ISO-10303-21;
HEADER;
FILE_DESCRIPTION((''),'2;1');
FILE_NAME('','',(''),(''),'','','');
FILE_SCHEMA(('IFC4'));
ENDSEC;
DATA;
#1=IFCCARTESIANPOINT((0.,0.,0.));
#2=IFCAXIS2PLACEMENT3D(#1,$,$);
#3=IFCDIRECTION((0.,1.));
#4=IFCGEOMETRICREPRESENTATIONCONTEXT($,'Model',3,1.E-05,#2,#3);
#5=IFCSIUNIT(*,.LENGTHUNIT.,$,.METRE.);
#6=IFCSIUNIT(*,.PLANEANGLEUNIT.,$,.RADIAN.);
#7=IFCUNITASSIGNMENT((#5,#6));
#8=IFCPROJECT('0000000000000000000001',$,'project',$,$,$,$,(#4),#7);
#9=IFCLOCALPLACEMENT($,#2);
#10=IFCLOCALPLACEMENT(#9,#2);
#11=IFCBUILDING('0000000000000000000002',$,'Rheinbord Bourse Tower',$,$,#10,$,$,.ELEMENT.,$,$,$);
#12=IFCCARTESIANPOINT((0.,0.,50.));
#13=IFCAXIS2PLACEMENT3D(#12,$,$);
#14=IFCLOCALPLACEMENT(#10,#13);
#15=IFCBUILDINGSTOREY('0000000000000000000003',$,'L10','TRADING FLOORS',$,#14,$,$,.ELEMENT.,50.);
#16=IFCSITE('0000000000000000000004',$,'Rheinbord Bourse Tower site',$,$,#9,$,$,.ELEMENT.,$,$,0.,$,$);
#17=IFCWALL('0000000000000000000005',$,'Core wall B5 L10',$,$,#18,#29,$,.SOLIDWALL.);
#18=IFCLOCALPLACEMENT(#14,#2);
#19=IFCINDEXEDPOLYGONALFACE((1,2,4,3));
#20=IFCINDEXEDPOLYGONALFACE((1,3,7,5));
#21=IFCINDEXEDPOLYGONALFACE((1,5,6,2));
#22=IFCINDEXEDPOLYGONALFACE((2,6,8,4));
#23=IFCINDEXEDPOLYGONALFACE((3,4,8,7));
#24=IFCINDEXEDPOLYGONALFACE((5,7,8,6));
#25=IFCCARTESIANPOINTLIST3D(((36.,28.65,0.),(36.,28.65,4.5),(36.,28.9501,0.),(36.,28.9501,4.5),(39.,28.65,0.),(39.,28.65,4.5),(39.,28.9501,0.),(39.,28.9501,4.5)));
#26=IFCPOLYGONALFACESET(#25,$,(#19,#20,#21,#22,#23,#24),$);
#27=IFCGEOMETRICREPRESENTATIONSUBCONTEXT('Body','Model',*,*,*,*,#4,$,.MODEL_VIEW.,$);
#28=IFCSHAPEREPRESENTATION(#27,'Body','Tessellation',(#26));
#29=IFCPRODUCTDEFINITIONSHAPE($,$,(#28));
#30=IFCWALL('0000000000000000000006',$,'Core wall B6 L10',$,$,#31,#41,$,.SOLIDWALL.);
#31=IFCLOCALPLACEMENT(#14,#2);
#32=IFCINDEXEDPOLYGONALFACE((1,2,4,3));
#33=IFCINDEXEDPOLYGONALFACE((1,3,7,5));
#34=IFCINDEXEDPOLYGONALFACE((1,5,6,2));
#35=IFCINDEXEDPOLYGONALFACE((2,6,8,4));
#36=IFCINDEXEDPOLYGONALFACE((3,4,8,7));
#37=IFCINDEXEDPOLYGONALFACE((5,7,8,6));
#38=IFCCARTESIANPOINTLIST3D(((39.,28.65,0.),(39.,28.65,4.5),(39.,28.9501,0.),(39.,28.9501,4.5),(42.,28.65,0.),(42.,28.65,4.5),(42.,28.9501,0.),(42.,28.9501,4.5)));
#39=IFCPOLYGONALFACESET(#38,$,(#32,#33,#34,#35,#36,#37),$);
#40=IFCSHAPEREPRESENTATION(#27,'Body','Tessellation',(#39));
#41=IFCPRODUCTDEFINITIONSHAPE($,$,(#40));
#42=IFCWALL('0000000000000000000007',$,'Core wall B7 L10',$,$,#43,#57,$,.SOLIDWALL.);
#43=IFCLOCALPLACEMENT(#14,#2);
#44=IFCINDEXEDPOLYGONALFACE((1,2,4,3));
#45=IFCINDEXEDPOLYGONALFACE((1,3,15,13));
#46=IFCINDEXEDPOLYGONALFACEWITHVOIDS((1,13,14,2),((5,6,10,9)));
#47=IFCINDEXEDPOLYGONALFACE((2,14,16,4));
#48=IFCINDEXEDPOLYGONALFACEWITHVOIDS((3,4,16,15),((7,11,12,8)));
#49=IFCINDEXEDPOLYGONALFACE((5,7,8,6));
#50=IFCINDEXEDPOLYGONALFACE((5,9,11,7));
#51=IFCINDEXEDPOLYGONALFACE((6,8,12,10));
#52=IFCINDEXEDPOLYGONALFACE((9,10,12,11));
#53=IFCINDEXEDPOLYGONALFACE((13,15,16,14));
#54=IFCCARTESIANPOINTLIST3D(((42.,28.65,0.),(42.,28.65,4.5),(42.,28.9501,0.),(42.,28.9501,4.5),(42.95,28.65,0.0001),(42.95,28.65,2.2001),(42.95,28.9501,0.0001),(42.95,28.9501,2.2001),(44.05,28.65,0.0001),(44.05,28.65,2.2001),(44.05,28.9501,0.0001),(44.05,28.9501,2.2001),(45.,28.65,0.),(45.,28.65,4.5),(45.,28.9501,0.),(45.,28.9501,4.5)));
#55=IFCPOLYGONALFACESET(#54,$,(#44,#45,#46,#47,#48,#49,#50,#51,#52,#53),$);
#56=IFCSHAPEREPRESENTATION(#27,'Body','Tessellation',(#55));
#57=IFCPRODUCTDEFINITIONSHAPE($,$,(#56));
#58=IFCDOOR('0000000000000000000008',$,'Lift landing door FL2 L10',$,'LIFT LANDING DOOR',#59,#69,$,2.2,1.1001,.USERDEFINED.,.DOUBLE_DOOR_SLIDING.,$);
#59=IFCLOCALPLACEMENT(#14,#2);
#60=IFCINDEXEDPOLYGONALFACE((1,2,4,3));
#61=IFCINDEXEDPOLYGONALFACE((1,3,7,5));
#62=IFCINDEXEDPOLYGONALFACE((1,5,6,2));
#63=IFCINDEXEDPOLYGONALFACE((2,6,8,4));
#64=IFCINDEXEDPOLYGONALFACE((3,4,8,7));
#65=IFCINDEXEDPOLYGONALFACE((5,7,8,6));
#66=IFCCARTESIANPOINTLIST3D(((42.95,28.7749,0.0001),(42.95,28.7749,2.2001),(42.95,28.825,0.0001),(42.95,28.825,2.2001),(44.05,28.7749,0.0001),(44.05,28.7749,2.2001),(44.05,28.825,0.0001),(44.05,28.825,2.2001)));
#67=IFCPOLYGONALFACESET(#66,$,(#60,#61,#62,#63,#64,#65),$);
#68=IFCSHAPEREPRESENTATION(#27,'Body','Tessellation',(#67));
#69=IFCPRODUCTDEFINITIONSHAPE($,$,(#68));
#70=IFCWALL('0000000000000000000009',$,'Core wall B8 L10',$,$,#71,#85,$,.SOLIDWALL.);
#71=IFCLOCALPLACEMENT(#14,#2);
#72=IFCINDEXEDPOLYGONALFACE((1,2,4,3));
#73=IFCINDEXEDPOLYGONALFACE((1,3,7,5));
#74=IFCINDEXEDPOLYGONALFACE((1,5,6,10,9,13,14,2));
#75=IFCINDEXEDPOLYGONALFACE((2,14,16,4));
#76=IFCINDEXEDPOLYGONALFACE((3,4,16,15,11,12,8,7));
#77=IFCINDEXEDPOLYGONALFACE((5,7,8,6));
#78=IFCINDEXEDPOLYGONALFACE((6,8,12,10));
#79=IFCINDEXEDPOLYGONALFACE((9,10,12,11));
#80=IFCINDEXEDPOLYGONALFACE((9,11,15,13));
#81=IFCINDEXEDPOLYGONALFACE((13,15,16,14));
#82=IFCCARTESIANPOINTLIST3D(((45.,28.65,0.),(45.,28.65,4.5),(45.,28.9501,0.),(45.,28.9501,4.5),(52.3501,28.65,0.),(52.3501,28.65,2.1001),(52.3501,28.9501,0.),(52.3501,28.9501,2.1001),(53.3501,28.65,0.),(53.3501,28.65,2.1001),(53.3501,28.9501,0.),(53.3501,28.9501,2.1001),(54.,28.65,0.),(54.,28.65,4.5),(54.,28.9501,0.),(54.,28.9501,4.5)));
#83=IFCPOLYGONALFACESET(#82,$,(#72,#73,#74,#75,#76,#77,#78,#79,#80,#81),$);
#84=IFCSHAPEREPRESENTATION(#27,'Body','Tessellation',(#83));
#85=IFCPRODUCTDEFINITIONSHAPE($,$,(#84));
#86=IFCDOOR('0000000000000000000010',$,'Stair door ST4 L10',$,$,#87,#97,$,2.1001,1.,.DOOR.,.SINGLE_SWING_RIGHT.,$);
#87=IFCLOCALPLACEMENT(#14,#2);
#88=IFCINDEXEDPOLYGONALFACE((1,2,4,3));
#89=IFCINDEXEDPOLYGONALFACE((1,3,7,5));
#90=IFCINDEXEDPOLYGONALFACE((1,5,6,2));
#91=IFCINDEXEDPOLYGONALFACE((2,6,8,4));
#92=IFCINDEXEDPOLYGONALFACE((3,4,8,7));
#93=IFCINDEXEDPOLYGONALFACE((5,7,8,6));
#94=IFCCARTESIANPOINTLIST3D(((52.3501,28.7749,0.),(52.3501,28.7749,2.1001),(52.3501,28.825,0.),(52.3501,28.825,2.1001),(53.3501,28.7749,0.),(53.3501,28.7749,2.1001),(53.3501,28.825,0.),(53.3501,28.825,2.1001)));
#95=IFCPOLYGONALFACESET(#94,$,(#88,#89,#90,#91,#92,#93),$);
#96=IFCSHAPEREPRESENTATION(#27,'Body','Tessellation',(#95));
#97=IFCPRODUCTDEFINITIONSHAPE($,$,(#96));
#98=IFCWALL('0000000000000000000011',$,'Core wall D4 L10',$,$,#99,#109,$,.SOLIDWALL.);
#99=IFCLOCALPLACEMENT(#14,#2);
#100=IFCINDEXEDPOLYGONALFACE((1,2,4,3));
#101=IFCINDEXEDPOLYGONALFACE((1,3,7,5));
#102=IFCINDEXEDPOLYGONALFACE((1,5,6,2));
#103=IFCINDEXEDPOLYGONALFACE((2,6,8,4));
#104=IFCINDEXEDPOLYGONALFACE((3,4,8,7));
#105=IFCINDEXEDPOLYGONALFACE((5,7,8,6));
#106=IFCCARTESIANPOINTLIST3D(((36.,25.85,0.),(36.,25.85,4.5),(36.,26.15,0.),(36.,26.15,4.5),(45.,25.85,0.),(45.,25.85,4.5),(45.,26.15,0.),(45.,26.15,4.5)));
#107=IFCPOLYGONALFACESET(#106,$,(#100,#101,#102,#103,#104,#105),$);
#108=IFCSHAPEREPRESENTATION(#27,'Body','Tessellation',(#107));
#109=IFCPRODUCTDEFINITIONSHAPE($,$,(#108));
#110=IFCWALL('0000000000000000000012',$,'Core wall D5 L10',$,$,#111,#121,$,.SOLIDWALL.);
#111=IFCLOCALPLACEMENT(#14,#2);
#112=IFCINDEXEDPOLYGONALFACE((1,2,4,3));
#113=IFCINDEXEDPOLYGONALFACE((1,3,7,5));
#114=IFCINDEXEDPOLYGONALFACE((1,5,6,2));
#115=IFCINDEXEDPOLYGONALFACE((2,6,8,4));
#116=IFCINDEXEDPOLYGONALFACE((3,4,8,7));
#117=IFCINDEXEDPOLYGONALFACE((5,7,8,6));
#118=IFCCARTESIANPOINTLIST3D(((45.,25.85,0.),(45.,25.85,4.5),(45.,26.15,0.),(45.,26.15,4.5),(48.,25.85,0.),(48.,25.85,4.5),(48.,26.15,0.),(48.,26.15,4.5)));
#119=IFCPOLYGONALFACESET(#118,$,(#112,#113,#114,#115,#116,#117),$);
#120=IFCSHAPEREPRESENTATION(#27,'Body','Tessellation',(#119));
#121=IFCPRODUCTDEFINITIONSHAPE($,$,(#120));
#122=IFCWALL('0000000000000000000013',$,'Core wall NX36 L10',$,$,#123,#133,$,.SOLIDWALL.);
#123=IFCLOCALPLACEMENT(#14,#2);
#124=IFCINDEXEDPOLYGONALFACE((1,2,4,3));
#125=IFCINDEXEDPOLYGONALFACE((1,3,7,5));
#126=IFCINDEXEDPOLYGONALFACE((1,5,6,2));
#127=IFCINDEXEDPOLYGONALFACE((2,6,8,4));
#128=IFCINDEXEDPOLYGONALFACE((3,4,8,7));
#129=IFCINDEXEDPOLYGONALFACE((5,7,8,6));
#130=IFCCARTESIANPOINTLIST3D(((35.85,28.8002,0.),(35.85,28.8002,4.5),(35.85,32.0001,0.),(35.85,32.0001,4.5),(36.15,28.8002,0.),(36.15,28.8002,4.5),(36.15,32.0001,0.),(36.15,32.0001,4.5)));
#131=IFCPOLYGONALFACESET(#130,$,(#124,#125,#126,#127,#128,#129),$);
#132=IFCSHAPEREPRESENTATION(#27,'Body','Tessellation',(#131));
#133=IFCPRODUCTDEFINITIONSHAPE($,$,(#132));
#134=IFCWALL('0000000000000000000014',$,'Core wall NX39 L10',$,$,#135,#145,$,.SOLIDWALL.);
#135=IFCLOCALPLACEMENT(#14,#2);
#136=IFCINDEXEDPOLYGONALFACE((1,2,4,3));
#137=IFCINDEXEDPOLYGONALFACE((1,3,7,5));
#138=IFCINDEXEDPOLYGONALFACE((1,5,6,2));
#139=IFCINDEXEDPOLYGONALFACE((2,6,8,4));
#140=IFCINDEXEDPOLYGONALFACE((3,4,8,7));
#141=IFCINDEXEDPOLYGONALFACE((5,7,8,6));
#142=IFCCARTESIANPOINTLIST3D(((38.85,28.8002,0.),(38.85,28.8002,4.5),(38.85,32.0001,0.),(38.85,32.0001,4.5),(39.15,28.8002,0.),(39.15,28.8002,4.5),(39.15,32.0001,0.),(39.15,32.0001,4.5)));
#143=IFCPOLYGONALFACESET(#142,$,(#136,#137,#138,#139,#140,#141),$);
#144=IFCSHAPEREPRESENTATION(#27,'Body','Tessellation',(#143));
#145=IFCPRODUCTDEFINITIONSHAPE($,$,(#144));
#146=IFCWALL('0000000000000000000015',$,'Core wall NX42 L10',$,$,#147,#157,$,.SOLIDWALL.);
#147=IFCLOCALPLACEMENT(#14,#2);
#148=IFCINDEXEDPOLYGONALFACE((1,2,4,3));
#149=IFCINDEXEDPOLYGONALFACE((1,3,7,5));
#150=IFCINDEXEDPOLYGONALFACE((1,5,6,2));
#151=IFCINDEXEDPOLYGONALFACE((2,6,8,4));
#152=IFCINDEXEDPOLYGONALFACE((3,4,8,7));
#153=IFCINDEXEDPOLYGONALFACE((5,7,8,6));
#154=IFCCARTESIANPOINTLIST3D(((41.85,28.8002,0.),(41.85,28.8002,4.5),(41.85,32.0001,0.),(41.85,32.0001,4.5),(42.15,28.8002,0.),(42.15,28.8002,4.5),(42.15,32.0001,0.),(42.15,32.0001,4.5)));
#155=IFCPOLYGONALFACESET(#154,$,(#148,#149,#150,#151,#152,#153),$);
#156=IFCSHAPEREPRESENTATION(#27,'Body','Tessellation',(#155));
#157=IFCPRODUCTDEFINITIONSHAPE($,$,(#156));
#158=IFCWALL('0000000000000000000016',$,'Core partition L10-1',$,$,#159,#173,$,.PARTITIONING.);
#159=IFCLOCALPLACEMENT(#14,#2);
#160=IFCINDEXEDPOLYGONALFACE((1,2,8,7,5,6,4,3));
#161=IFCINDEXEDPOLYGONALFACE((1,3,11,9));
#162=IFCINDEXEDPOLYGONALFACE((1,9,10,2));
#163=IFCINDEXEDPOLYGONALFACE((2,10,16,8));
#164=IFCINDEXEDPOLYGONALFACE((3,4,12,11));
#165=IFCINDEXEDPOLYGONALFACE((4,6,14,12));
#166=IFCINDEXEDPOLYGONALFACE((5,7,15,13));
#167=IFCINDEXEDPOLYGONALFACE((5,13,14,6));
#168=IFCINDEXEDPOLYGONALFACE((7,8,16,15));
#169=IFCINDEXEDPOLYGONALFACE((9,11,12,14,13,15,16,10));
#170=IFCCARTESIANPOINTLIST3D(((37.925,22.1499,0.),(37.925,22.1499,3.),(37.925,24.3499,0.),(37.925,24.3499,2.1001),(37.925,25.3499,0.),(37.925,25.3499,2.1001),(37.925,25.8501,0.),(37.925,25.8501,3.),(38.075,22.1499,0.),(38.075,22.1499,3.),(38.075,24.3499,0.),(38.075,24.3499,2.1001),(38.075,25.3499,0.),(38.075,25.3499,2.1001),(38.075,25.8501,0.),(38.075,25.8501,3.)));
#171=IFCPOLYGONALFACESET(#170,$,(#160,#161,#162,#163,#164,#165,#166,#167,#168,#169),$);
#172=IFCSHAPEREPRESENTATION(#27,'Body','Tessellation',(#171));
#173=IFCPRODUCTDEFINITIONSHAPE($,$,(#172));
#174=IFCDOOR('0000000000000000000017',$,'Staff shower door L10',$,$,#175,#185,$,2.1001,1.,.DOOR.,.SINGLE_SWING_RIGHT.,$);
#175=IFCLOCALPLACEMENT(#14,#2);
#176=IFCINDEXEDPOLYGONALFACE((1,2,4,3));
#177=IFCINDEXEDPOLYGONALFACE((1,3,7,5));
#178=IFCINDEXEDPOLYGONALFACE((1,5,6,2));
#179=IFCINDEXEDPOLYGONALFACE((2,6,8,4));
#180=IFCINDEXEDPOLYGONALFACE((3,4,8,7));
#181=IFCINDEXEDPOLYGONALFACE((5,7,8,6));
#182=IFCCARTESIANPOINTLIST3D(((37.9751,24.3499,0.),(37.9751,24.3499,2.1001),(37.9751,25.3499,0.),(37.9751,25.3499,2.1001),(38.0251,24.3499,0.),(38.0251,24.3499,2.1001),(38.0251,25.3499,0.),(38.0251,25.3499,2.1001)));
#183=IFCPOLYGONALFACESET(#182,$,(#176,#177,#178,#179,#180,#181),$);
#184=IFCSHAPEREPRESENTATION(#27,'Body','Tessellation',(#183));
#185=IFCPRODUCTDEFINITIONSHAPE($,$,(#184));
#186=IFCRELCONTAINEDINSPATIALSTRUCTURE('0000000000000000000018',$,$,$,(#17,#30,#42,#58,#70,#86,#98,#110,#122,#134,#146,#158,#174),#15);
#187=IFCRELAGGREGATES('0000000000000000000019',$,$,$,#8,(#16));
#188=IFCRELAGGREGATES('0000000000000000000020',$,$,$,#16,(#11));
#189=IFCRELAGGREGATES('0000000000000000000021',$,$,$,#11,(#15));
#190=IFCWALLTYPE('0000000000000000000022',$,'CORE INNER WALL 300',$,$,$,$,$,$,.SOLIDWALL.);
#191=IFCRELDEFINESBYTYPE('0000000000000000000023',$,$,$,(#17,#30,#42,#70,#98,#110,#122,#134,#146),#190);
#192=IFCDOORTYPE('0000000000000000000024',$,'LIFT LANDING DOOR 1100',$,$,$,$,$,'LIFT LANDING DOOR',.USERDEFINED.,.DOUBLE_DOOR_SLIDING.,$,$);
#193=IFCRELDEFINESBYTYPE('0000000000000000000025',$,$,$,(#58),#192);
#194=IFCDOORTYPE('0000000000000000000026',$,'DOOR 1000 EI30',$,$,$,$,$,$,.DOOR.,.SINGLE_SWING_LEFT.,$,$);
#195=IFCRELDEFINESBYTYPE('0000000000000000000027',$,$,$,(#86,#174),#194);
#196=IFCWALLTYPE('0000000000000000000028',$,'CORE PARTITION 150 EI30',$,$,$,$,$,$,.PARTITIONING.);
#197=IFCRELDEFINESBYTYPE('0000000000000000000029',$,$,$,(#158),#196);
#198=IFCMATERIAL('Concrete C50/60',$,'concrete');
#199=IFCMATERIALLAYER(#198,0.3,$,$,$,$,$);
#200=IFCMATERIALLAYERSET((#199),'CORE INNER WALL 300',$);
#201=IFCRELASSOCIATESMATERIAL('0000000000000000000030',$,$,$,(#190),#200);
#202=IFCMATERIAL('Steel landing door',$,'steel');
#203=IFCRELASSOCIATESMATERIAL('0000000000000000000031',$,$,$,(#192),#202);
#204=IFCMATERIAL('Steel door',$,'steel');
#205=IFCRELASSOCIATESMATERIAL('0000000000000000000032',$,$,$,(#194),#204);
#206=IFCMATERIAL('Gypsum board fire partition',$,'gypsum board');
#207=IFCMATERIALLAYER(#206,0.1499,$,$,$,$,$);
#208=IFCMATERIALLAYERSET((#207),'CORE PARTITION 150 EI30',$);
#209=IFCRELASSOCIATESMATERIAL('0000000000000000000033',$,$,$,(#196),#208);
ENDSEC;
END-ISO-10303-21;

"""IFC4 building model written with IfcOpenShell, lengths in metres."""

from ifc_helpers import new_model, si_unit, direction, frame, frame_2d, origin, place, context, subcontext, project, spatial, rectangle, extrude, material, layer, layer_set, type_object, element, fill, save


model = new_model("IFC4")

# Units and contexts
model_context = context("Model", 3, precision=1e-05, world=origin(), true_north=direction((0.0, 1.0)))
body_context = subcontext(model_context, "Body", "Model", "MODEL_VIEW")
ifc_project = project(units=[si_unit("LENGTHUNIT", "METRE"), si_unit("PLANEANGLEUNIT", "RADIAN")], contexts=[model_context])

# Site, building, storey
site_placement = place(None, origin())
site = spatial("IfcSite", under=ifc_project, at=site_placement, Name="Rheinbord Bourse Tower site", CompositionType="ELEMENT", RefElevation=0.0)
building_placement = place(site_placement, origin())
building = spatial("IfcBuilding", under=site, at=building_placement, Name="Rheinbord Bourse Tower", CompositionType="ELEMENT")
storey_placement = place(building_placement, frame((0.0, 0.0, 50.0)))
storey = spatial("IfcBuildingStorey", under=building, at=storey_placement, Name="L10", Description="TRADING FLOORS", CompositionType="ELEMENT", Elevation=50.0)

# Walls
ifc_material_1 = material(Name="Concrete C50/60", Category="concrete")
ifc_layer_1 = layer(ifc_material_1, 0.3)
ifc_layer_set_1 = layer_set([ifc_layer_1], Name="CORE INNER WALL 300")
wall_type_1 = type_object("IfcWallType", Name="CORE INNER WALL 300", PredefinedType="SOLIDWALL", material=ifc_layer_set_1)
for number, where, z_axis, x_axis, name in (
    (1, (36.0, 28.8, 0.0), (0.0, 0.0, 1.0), (1.0, 0.0, 0.0), "Core wall B5 L10"),
    (2, (39.0, 28.8, 0.0), (0.0, 0.0, 1.0), (1.0, 0.0, 0.0), "Core wall B6 L10"),
):
    element("IfcWall", number, at=place(storey_placement, frame(where, z_axis=z_axis, x_axis=x_axis)), inside=storey, type_object=wall_type_1, Name=name, PredefinedType="SOLIDWALL", context=body_context, shape_type="SweptSolid", body=[
        extrude(rectangle(XDim=3.0, YDim=0.3, at=frame_2d((1.5, 0.0))), origin(), (0.0, 0.0, 1.0), 4.5),
    ])

# Walls, openings, doors
wall_1_placement = place(storey_placement, frame((42.0, 28.8, 0.0), z_axis=(0.0, 0.0, 1.0), x_axis=(1.0, 0.0, 0.0)))
wall_1 = element("IfcWall", 3, at=wall_1_placement, inside=storey, type_object=wall_type_1, Name="Core wall B7 L10", PredefinedType="SOLIDWALL", context=body_context, shape_type="SweptSolid", body=[
    extrude(rectangle(XDim=3.0, YDim=0.3, at=frame_2d((1.5, 0.0))), origin(), (0.0, 0.0, 1.0), 4.5),
])
opening_1_placement = place(wall_1_placement, frame((0.95, 0.0, 0.0)))
opening_1 = element("IfcOpeningElement", 4, at=opening_1_placement, cuts=wall_1, PredefinedType="OPENING", context=body_context, shape_type="SweptSolid", body=[
    extrude(rectangle(XDim=1.1001, YDim=2.2, at=frame_2d((0.55, 1.1001))), frame((0.0, 0.1599, 0.0), z_axis=(0.0, -1.0, 0.0), x_axis=(1.0, 0.0, 0.0)), (0.0, 0.0, 1.0), 0.3201),
])
ifc_material_2 = material(Name="Steel landing door", Category="steel")
door_type_1 = type_object("IfcDoorType", Name="LIFT LANDING DOOR 1100", ElementType="LIFT LANDING DOOR", OperationType="DOUBLE_DOOR_SLIDING", PredefinedType="USERDEFINED", material=ifc_material_2)
door_1_placement = place(opening_1_placement, origin())
door_1 = element("IfcDoor", 5, at=door_1_placement, inside=storey, type_object=door_type_1, Name="Lift landing door FL2 L10", ObjectType="LIFT LANDING DOOR", OperationType="DOUBLE_DOOR_SLIDING", OverallHeight=2.2, OverallWidth=1.1001, PredefinedType="USERDEFINED", context=body_context, shape_type="SweptSolid", body=[
    extrude(rectangle(XDim=1.1001, YDim=2.2, at=frame_2d((0.55, 1.1001))), frame((0.0, 0.0249, 0.0), z_axis=(0.0, -1.0, 0.0), x_axis=(1.0, 0.0, 0.0)), (0.0, 0.0, 1.0), 0.05),
])
fill(opening_1, door_1)
wall_2_placement = place(storey_placement, frame((45.0, 28.8, 0.0), z_axis=(0.0, 0.0, 1.0), x_axis=(1.0, 0.0, 0.0)))
wall_2 = element("IfcWall", 6, at=wall_2_placement, inside=storey, type_object=wall_type_1, Name="Core wall B8 L10", PredefinedType="SOLIDWALL", context=body_context, shape_type="SweptSolid", body=[
    extrude(rectangle(XDim=9.0, YDim=0.3, at=frame_2d((4.5, 0.0))), origin(), (0.0, 0.0, 1.0), 4.5),
])
opening_2_placement = place(wall_2_placement, frame((7.3501, 0.0, 0.0)))
opening_2 = element("IfcOpeningElement", 7, at=opening_2_placement, cuts=wall_2, PredefinedType="OPENING", context=body_context, shape_type="SweptSolid", body=[
    extrude(rectangle(XDim=1.0, YDim=2.1001, at=frame_2d((0.5, 1.05))), frame((0.0, 0.1599, 0.0), z_axis=(0.0, -1.0, 0.0), x_axis=(1.0, 0.0, 0.0)), (0.0, 0.0, 1.0), 0.3201),
])
ifc_material_3 = material(Name="Steel door", Category="steel")
door_type_2 = type_object("IfcDoorType", Name="DOOR 1000 EI30", OperationType="SINGLE_SWING_LEFT", PredefinedType="DOOR", material=ifc_material_3)
door_2_placement = place(opening_2_placement, origin())
door_2 = element("IfcDoor", 8, at=door_2_placement, inside=storey, type_object=door_type_2, Name="Stair door ST4 L10", OperationType="SINGLE_SWING_RIGHT", OverallHeight=2.1001, OverallWidth=1.0, PredefinedType="DOOR", context=body_context, shape_type="SweptSolid", body=[
    extrude(rectangle(XDim=1.0, YDim=2.1001, at=frame_2d((0.5, 1.05))), frame((0.0, 0.0249, 0.0), z_axis=(0.0, -1.0, 0.0), x_axis=(1.0, 0.0, 0.0)), (0.0, 0.0, 1.0), 0.05),
])
fill(opening_2, door_2)

# Walls
wall_3_placement = place(storey_placement, frame((36.0, 26.0, 0.0), z_axis=(0.0, 0.0, 1.0), x_axis=(1.0, 0.0, 0.0)))
element("IfcWall", 9, at=wall_3_placement, inside=storey, type_object=wall_type_1, Name="Core wall D4 L10", PredefinedType="SOLIDWALL", context=body_context, shape_type="SweptSolid", body=[
    extrude(rectangle(XDim=9.0, YDim=0.3, at=frame_2d((4.5, 0.0))), origin(), (0.0, 0.0, 1.0), 4.5),
])
wall_4_placement = place(storey_placement, frame((45.0, 26.0, 0.0), z_axis=(0.0, 0.0, 1.0), x_axis=(1.0, 0.0, 0.0)))
element("IfcWall", 10, at=wall_4_placement, inside=storey, type_object=wall_type_1, Name="Core wall D5 L10", PredefinedType="SOLIDWALL", context=body_context, shape_type="SweptSolid", body=[
    extrude(rectangle(XDim=3.0, YDim=0.3, at=frame_2d((1.5, 0.0))), origin(), (0.0, 0.0, 1.0), 4.5),
])
for number, where, z_axis, x_axis, name in (
    (11, (36.0, 28.8, 0.0), (0.0, 0.0, 1.0), (0.0, 1.0, 0.0), "Core wall NX36 L10"),
    (12, (39.0, 28.8, 0.0), (0.0, 0.0, 1.0), (0.0, 1.0, 0.0), "Core wall NX39 L10"),
    (13, (42.0, 28.8, 0.0), (0.0, 0.0, 1.0), (0.0, 1.0, 0.0), "Core wall NX42 L10"),
):
    element("IfcWall", number, at=place(storey_placement, frame(where, z_axis=z_axis, x_axis=x_axis)), inside=storey, type_object=wall_type_1, Name=name, PredefinedType="SOLIDWALL", context=body_context, shape_type="SweptSolid", body=[
        extrude(rectangle(XDim=3.2, YDim=0.3, at=frame_2d((1.6001, 0.0))), origin(), (0.0, 0.0, 1.0), 4.5),
    ])

# Wall, opening, door
ifc_material_4 = material(Name="Gypsum board fire partition", Category="gypsum board")
ifc_layer_2 = layer(ifc_material_4, 0.1499)
ifc_layer_set_2 = layer_set([ifc_layer_2], Name="CORE PARTITION 150 EI30")
wall_type_2 = type_object("IfcWallType", Name="CORE PARTITION 150 EI30", PredefinedType="PARTITIONING", material=ifc_layer_set_2)
wall_5_placement = place(storey_placement, frame((38.0, 22.1499, 0.0), z_axis=(0.0, 0.0, 1.0), x_axis=(0.0, 1.0, 0.0)))
wall_5 = element("IfcWall", 14, at=wall_5_placement, inside=storey, type_object=wall_type_2, Name="Core partition L10-1", PredefinedType="PARTITIONING", context=body_context, shape_type="SweptSolid", body=[
    extrude(rectangle(XDim=3.7002, YDim=0.1499, at=frame_2d((1.8501, 0.0))), origin(), (0.0, 0.0, 1.0), 3.0),
])
opening_3_placement = place(wall_5_placement, frame((2.2, 0.0, 0.0)))
opening_3 = element("IfcOpeningElement", 15, at=opening_3_placement, cuts=wall_5, PredefinedType="OPENING", context=body_context, shape_type="SweptSolid", body=[
    extrude(rectangle(XDim=1.0, YDim=2.1001, at=frame_2d((0.5, 1.05))), frame((0.0, 0.085, 0.0), z_axis=(0.0, -1.0, 0.0), x_axis=(1.0, 0.0, 0.0)), (0.0, 0.0, 1.0), 0.1699),
])
door_3_placement = place(opening_3_placement, origin())
door_3 = element("IfcDoor", 16, at=door_3_placement, inside=storey, type_object=door_type_2, Name="Staff shower door L10", OperationType="SINGLE_SWING_RIGHT", OverallHeight=2.1001, OverallWidth=1.0, PredefinedType="DOOR", context=body_context, shape_type="SweptSolid", body=[
    extrude(rectangle(XDim=1.0, YDim=2.1001, at=frame_2d((0.5, 1.05))), frame((0.0, 0.0249, 0.0), z_axis=(0.0, -1.0, 0.0), x_axis=(1.0, 0.0, 0.0)), (0.0, 0.0, 1.0), 0.05),
])
fill(opening_3, door_3)

save(model, "model.ifc")
